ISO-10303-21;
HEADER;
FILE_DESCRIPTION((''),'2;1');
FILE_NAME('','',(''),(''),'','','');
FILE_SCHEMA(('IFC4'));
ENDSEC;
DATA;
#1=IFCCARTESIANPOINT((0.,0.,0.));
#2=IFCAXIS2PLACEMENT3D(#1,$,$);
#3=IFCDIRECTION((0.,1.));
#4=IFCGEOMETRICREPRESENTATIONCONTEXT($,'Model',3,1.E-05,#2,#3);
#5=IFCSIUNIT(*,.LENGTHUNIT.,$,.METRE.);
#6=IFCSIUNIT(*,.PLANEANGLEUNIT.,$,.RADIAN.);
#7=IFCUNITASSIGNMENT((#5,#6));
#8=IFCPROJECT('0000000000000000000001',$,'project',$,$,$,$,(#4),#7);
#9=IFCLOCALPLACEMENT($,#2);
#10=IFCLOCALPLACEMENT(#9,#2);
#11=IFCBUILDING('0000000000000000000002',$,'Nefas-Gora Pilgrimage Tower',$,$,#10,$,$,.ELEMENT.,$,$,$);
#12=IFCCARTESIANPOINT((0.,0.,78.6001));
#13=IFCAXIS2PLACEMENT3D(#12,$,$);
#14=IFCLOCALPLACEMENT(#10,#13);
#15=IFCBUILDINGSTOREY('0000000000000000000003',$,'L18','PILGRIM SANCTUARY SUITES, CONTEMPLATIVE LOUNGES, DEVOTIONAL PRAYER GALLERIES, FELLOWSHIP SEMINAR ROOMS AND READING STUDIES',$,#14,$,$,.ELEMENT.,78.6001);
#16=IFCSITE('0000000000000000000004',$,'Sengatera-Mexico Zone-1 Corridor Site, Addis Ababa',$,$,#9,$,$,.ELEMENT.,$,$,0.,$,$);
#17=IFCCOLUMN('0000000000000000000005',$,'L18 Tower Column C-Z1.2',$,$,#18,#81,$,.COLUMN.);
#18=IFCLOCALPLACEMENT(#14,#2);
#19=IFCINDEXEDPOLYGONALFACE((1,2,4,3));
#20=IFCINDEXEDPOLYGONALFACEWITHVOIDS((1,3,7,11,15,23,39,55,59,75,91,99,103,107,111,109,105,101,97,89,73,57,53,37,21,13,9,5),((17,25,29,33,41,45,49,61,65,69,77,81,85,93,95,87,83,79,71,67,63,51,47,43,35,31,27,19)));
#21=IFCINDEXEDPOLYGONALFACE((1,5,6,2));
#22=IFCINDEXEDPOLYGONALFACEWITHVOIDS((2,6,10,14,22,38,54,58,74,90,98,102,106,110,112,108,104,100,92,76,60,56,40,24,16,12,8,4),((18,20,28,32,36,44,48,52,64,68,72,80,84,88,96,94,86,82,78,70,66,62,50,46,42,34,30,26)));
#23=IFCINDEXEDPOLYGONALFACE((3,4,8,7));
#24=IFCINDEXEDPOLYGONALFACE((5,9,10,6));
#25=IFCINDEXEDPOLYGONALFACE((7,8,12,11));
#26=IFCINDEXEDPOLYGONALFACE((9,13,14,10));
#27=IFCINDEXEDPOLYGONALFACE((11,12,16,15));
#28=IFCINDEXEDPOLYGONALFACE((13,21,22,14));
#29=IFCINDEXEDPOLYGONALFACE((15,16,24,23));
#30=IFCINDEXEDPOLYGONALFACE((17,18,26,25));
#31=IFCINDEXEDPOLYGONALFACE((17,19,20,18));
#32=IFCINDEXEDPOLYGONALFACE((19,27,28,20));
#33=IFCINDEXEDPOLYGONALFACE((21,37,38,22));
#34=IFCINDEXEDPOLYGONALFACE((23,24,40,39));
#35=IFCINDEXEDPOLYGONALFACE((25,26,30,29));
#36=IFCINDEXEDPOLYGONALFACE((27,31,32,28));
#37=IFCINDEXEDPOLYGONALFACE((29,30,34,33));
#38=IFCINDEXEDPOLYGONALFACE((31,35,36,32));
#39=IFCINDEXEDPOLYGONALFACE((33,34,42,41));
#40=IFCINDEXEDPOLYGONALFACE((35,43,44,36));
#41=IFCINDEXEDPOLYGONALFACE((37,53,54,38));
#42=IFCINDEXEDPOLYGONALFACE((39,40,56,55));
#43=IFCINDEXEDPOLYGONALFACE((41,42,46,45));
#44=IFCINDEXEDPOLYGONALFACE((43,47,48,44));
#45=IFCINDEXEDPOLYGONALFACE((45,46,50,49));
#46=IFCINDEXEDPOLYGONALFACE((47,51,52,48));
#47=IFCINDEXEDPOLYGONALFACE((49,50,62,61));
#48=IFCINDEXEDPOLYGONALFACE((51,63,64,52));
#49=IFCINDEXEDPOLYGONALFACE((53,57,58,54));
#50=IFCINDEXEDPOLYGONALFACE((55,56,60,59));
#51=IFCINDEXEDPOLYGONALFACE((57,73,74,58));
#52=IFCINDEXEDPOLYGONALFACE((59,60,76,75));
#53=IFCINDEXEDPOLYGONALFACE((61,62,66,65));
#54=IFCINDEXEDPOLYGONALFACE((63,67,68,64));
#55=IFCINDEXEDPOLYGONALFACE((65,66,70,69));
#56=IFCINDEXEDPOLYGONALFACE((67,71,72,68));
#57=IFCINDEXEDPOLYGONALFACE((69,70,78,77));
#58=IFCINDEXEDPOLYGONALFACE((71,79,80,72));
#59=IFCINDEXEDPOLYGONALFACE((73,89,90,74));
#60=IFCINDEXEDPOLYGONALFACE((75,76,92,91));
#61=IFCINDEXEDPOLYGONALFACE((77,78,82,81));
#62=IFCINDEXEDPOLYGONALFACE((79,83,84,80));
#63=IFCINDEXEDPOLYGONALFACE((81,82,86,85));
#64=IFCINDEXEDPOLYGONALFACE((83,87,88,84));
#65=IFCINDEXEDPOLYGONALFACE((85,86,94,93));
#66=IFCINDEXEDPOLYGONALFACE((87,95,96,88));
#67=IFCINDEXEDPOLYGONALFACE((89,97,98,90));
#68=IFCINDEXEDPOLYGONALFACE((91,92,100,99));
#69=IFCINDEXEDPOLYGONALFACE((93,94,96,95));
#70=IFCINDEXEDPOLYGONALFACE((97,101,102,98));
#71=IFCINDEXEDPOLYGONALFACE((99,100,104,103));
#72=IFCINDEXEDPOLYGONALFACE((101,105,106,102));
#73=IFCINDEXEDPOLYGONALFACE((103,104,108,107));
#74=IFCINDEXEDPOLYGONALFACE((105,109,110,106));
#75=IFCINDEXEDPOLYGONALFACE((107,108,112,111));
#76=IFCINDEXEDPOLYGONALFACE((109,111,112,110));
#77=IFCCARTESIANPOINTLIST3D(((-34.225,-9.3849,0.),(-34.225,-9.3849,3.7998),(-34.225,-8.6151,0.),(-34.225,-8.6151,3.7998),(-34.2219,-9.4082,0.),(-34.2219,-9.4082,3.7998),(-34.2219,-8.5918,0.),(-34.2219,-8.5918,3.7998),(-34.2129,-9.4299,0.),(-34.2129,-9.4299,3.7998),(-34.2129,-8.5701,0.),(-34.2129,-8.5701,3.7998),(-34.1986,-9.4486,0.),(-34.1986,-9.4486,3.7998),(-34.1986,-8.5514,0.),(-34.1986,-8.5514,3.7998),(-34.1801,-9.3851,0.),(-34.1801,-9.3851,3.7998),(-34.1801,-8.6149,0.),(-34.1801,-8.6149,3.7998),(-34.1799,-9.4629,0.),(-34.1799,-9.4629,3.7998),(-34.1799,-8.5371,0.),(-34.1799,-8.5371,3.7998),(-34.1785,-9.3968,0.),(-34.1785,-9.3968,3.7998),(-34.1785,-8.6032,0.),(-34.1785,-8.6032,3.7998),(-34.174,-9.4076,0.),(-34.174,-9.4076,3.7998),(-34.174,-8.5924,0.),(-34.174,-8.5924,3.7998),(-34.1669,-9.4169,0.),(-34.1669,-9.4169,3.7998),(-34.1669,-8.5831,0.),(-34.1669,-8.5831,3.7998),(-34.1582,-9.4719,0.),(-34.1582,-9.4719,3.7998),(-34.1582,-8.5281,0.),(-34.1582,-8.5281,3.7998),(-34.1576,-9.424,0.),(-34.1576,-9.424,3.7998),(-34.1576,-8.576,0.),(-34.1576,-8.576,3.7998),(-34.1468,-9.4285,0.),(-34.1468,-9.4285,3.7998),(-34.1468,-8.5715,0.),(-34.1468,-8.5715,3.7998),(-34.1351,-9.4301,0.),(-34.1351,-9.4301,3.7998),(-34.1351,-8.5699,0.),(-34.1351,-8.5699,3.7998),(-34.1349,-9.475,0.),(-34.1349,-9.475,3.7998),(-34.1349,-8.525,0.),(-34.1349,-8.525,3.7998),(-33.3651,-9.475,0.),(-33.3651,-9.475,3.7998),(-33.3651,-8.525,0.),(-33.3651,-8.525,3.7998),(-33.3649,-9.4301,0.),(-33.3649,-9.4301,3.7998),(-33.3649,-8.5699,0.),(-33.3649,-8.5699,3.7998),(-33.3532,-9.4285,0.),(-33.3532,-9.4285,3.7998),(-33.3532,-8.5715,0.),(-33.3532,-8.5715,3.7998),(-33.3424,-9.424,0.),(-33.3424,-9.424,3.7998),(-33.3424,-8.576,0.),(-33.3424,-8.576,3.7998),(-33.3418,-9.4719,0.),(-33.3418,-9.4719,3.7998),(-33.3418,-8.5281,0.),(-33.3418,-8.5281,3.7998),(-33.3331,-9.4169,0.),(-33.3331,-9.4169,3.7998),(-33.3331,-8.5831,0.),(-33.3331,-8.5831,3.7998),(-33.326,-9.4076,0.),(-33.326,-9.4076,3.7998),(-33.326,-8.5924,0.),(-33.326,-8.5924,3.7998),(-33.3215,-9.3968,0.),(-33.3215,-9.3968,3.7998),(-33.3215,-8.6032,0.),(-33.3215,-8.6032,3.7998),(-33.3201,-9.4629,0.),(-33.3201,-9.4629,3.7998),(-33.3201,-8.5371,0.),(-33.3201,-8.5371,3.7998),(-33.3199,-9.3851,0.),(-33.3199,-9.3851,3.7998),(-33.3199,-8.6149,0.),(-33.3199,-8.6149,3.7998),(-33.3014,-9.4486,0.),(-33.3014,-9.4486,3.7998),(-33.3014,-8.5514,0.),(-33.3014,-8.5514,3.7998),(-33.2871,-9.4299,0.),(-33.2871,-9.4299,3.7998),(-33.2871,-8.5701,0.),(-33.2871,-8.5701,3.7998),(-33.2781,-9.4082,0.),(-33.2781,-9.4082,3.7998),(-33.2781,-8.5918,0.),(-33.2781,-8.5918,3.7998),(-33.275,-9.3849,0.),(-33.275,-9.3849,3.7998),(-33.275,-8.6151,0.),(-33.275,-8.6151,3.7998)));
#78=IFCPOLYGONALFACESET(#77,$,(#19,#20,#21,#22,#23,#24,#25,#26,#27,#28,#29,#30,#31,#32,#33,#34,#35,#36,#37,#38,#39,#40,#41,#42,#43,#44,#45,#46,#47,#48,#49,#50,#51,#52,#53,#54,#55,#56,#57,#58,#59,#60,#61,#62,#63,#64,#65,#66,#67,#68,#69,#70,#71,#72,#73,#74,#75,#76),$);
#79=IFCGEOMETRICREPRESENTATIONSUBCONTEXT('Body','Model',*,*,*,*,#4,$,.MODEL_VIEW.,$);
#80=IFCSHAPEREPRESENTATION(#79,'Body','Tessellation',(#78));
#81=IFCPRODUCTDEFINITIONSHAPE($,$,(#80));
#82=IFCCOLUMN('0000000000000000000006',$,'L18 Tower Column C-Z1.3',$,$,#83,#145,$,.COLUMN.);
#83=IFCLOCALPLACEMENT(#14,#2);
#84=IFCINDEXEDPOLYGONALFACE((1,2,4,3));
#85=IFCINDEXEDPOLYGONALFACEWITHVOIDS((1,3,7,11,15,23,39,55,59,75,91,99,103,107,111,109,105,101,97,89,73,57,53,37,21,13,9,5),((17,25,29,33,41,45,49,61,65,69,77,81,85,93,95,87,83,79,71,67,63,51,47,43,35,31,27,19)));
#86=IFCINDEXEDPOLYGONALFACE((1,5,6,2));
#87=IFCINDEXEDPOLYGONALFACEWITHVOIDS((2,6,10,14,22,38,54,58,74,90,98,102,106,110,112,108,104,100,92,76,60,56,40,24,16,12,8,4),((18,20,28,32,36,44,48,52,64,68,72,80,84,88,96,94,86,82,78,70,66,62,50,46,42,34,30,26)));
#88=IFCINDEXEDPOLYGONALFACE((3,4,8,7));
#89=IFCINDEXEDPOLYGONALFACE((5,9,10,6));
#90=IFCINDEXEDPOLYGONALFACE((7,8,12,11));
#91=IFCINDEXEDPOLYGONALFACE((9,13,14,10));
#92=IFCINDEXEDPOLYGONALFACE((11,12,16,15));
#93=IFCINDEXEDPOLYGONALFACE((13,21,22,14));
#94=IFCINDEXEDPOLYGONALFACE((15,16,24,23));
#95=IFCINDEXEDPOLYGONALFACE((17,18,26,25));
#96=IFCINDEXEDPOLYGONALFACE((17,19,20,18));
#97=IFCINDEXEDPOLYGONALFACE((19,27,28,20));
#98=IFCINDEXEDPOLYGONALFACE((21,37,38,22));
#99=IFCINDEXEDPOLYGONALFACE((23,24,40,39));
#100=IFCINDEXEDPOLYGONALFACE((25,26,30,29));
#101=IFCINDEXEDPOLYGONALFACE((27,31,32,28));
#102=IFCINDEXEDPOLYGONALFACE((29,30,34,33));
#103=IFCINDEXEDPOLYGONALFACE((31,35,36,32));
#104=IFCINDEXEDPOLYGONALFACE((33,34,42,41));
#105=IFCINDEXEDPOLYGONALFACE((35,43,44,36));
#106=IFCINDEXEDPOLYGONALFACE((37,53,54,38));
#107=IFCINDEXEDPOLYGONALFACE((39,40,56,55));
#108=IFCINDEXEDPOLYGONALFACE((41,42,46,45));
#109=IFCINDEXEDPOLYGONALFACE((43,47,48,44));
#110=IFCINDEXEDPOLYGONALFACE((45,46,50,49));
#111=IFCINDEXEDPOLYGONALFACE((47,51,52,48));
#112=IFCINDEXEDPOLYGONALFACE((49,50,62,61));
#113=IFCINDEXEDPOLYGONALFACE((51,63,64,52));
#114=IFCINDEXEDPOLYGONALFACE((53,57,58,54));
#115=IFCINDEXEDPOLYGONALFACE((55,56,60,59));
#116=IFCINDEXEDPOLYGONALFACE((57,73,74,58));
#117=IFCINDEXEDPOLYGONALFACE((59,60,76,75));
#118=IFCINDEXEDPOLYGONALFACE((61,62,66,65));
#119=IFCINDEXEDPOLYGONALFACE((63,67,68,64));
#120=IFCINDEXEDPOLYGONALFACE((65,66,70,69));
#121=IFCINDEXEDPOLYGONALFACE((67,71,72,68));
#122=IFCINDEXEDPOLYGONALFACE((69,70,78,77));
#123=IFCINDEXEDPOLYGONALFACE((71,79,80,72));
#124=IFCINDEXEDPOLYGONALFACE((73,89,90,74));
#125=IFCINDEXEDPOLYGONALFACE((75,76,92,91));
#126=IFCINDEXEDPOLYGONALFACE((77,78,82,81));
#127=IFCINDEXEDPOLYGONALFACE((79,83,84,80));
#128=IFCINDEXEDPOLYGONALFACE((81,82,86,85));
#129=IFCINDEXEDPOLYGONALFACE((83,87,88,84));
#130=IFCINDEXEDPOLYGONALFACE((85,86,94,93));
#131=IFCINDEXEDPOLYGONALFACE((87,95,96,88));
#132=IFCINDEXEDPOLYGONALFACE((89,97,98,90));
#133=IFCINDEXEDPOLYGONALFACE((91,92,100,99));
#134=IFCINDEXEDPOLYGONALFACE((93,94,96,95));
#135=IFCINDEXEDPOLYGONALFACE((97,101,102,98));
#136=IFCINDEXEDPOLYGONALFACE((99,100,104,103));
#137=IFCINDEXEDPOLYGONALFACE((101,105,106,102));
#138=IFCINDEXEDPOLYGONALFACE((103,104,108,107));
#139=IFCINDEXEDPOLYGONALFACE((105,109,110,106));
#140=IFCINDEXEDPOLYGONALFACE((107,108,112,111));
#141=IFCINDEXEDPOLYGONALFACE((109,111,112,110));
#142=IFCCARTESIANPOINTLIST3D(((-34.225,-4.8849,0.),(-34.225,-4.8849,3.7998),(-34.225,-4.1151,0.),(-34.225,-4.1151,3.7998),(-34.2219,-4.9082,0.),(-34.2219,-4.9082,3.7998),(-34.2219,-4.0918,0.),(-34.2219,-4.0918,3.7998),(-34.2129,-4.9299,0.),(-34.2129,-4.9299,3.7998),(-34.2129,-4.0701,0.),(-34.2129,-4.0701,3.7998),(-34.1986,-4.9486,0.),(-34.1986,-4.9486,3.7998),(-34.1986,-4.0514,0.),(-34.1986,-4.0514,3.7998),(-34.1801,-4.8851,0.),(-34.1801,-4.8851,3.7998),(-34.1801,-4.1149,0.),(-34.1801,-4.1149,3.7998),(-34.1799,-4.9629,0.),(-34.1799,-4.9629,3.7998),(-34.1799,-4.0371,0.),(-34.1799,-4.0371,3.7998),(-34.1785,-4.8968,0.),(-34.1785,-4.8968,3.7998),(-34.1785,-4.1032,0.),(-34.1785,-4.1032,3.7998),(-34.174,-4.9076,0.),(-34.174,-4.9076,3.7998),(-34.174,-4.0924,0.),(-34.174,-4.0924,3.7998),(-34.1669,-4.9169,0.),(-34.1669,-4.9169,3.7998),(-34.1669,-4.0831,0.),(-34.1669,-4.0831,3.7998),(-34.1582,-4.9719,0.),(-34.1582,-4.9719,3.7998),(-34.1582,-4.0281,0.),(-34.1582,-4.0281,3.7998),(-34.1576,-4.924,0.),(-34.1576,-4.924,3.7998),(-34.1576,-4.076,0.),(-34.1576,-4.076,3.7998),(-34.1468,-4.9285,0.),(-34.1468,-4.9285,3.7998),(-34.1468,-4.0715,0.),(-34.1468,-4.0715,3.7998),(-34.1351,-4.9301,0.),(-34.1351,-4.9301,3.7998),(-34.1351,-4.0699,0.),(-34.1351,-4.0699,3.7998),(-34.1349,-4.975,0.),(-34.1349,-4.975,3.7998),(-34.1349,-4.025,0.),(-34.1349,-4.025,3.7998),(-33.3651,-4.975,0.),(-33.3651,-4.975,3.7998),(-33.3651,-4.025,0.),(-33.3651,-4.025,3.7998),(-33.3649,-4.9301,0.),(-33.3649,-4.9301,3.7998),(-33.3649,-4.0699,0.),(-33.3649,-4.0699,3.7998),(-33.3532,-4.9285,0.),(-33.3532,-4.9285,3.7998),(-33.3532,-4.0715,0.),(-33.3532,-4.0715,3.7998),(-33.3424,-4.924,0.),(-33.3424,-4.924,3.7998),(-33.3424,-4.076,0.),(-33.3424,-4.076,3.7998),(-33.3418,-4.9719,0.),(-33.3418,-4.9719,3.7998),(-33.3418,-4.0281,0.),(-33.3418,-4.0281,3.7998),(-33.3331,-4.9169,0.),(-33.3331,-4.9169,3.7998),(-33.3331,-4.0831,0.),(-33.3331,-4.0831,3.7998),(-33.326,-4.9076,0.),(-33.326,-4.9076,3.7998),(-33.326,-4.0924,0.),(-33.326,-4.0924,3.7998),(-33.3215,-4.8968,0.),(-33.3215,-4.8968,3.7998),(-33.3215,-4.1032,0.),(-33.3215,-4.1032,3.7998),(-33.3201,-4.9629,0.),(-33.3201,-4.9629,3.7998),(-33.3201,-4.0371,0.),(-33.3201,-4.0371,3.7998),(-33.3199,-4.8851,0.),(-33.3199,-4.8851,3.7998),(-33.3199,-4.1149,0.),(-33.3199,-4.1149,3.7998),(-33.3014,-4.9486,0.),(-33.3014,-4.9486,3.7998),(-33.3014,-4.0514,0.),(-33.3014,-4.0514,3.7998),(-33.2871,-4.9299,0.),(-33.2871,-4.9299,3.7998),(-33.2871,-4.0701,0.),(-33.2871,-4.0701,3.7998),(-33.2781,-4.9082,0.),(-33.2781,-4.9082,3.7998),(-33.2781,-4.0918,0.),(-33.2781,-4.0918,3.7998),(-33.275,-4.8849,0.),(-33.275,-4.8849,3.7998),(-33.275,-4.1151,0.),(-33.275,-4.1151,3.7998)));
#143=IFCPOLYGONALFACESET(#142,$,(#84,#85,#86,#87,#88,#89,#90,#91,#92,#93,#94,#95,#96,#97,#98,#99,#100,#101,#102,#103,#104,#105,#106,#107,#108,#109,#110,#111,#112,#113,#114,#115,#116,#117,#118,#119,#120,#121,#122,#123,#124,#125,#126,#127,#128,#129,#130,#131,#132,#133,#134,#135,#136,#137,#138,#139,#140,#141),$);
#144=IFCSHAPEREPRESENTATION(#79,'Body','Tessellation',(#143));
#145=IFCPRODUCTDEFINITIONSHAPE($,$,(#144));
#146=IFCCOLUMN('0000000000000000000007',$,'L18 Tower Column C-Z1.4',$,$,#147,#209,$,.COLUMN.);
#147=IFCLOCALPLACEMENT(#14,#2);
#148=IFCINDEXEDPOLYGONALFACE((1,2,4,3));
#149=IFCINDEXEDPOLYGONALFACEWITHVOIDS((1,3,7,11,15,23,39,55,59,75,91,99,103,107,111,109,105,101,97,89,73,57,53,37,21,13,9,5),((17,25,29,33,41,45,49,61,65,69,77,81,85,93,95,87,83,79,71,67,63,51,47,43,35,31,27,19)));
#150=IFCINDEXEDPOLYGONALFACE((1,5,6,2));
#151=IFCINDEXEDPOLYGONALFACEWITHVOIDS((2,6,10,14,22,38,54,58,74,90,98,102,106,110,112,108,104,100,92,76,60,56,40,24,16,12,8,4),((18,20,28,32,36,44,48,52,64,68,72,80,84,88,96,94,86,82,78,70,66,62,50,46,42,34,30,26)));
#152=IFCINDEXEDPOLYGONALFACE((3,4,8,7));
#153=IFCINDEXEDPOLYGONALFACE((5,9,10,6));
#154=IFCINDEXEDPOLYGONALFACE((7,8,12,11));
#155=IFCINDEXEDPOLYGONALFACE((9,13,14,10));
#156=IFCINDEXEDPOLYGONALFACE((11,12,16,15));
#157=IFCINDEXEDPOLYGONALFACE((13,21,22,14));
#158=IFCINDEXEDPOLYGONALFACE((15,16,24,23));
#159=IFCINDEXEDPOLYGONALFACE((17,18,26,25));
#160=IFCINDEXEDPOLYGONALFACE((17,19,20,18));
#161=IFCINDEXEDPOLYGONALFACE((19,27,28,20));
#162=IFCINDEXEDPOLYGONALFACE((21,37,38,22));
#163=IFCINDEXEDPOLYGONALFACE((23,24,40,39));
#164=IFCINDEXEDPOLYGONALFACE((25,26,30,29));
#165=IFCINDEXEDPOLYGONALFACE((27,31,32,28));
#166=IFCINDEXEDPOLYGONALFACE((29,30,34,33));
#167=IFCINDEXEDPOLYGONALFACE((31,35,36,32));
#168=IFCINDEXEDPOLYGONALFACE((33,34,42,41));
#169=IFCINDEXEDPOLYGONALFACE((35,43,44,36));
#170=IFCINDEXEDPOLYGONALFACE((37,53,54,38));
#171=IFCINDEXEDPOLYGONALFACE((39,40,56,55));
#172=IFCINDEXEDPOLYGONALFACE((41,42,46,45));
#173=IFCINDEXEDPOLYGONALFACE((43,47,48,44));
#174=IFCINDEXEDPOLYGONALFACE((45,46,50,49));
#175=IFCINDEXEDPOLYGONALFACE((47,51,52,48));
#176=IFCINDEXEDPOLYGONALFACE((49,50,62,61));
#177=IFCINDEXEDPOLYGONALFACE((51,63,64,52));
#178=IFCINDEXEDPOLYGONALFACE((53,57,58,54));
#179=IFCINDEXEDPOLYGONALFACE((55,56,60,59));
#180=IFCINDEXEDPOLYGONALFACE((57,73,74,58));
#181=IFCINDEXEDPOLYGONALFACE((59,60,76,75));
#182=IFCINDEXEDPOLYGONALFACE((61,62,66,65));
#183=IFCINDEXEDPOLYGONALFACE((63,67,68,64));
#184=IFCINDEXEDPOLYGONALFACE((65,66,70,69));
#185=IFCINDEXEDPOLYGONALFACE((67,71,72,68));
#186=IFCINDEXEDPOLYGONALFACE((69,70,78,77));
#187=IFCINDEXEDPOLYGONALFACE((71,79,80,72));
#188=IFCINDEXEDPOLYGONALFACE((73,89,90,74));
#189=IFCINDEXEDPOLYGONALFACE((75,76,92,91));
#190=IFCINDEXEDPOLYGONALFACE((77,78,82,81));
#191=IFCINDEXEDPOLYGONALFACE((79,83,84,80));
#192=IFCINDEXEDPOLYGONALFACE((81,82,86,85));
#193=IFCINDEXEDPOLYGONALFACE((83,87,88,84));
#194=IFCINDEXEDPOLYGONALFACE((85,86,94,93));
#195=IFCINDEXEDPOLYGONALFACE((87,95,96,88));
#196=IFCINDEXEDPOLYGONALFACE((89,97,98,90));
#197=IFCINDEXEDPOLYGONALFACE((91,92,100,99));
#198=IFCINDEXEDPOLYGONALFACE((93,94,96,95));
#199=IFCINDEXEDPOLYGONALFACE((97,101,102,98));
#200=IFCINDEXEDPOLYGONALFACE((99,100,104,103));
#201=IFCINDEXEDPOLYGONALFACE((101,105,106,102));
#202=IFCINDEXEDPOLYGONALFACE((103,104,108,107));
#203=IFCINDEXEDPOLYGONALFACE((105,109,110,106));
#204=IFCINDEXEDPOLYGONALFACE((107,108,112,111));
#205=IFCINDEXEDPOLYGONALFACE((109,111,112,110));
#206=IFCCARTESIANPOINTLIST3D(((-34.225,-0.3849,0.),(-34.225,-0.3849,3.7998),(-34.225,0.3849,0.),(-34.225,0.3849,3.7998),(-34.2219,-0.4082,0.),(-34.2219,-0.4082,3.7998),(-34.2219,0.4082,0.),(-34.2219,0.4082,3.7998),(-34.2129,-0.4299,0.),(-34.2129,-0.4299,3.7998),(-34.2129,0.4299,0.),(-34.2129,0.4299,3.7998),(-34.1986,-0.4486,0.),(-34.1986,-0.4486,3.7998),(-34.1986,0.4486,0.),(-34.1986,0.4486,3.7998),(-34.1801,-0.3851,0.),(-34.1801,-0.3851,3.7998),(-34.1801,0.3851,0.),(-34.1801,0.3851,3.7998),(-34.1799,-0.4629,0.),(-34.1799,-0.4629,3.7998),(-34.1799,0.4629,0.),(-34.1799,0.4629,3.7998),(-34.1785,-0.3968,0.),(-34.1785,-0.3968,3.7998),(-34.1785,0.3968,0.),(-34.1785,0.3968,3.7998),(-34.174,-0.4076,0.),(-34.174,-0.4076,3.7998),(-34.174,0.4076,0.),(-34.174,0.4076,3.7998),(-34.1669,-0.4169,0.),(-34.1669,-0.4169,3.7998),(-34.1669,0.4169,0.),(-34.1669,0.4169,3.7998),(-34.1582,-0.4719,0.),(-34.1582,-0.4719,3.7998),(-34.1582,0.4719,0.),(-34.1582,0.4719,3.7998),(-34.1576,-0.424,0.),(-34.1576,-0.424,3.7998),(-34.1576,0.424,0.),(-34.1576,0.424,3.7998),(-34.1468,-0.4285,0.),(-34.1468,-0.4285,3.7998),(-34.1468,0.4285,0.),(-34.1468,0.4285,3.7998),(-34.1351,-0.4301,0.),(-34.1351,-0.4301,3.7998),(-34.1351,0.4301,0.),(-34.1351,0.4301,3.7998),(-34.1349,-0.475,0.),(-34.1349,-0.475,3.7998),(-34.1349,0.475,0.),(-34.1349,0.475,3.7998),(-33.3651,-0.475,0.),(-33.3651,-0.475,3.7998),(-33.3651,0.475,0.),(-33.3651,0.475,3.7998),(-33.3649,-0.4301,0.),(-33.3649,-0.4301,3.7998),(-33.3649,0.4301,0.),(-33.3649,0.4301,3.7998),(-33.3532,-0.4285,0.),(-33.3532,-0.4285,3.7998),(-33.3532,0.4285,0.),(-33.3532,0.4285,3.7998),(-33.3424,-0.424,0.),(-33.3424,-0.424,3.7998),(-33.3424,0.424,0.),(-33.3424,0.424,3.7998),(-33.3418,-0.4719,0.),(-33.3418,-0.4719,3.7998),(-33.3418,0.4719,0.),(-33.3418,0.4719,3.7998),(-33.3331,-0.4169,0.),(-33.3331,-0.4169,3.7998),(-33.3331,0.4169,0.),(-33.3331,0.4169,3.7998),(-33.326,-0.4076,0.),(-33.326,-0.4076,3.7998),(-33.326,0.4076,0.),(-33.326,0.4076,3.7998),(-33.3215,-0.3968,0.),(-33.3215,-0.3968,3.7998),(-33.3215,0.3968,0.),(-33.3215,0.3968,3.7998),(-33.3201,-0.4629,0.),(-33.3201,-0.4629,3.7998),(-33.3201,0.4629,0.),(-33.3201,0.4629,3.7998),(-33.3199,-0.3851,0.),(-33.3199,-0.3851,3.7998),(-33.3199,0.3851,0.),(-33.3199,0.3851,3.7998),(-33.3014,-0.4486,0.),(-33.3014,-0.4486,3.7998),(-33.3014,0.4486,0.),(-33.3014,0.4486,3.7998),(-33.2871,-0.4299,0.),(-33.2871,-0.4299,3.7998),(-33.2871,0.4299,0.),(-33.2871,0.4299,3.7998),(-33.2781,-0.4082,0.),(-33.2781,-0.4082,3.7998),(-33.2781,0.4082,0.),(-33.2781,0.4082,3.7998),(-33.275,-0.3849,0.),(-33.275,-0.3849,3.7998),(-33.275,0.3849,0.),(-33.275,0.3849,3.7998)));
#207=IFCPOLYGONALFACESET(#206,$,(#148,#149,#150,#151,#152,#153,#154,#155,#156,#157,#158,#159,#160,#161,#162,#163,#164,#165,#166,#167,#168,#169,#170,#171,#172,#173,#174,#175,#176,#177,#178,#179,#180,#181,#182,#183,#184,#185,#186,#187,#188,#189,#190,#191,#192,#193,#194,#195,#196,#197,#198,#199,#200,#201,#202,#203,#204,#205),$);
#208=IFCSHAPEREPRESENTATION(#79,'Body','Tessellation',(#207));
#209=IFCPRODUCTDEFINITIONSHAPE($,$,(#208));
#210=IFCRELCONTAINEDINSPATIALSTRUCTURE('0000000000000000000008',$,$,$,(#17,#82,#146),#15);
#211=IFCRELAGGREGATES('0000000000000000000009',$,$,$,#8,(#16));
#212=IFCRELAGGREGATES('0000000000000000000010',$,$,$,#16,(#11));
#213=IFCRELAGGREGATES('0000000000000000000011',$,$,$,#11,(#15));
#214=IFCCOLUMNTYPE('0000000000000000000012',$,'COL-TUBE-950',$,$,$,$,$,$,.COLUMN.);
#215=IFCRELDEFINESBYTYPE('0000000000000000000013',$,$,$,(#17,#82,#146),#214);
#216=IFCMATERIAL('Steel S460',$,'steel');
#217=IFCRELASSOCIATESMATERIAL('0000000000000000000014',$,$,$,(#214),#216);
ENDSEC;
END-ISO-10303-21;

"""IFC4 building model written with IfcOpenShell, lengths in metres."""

from ifc_helpers import new_model, si_unit, direction, frame, origin, origin_2d, place, context, subcontext, project, spatial, hollow_rectangle, extrude, source, transform, mapped, material, material_profile, profile_set, type_object, element, save


model = new_model("IFC4")

# Units and contexts
model_context = context("Model", 3, precision=1e-05, world=origin(), true_north=direction((0.0, 1.0)))
body_context = subcontext(model_context, "Body", "Model", "MODEL_VIEW")
ifc_project = project(units=[si_unit("LENGTHUNIT", "METRE"), si_unit("PLANEANGLEUNIT", "RADIAN")], contexts=[model_context])

# Site, building, storey
site_placement = place(None, origin())
site = spatial("IfcSite", under=ifc_project, at=site_placement, Name="Sengatera-Mexico Zone-1 Corridor Site, Addis Ababa", CompositionType="ELEMENT", RefElevation=0.0)
building_placement = place(site_placement, origin())
building = spatial("IfcBuilding", under=site, at=building_placement, Name="Nefas-Gora Pilgrimage Tower", CompositionType="ELEMENT")
storey_placement = place(building_placement, frame((0.0, 0.0, 78.6001)))
storey = spatial("IfcBuildingStorey", under=building, at=storey_placement, Name="L18", Description="PILGRIM SANCTUARY SUITES, CONTEMPLATIVE LOUNGES, DEVOTIONAL PRAYER GALLERIES, FELLOWSHIP SEMINAR ROOMS AND READING STUDIES", CompositionType="ELEMENT", Elevation=78.6001)

# Columns
ifc_material_1 = material(Name="Steel S460", Category="steel")
ifc_material_profile_1 = material_profile(ifc_material_1, hollow_rectangle(XDim=0.95, YDim=0.95, WallThickness=0.0449, InnerFilletRadius=0.0449, OuterFilletRadius=0.0901, at=origin_2d()), Name="BOX 950x950x45")
ifc_profile_set_1 = profile_set([ifc_material_profile_1], Name="Steel S460")
column_type_1 = type_object("IfcColumnType", Name="COL-TUBE-950", PredefinedType="COLUMN", material=ifc_profile_set_1)
shared_shape_1 = source(origin(), body_context, "Body", "SweptSolid", [
    extrude(hollow_rectangle(XDim=0.95, YDim=0.95, WallThickness=0.0449, InnerFilletRadius=0.0449, OuterFilletRadius=0.0901, at=origin_2d()), origin(), (0.0, 0.0, 1.0), 3.7998),
])
for number, where, z_axis, x_axis, name in (
    (1, (-33.75, -9.0, 0.0), (0.0, 0.0, 1.0), (1.0, 0.0, 0.0), "L18 Tower Column C-Z1.2"),
    (2, (-33.75, -4.5, 0.0), (0.0, 0.0, 1.0), (1.0, 0.0, 0.0), "L18 Tower Column C-Z1.3"),
    (3, (-33.75, 0.0, 0.0), (0.0, 0.0, 1.0), (1.0, 0.0, 0.0), "L18 Tower Column C-Z1.4"),
):
    element("IfcColumn", number, at=place(storey_placement, frame(where, z_axis=z_axis, x_axis=x_axis)), inside=storey, type_object=column_type_1, Name=name, PredefinedType="COLUMN", context=body_context, shape_type="MappedRepresentation", body=[
        mapped(shared_shape_1, transform((0.0, 0.0, 0.0), x_axis=(1.0, 0.0, 0.0), y_axis=(0.0, 1.0, 0.0), z_axis=(0.0, 0.0, 1.0), scale=1.0)),
    ])

save(model, "model.ifc")
